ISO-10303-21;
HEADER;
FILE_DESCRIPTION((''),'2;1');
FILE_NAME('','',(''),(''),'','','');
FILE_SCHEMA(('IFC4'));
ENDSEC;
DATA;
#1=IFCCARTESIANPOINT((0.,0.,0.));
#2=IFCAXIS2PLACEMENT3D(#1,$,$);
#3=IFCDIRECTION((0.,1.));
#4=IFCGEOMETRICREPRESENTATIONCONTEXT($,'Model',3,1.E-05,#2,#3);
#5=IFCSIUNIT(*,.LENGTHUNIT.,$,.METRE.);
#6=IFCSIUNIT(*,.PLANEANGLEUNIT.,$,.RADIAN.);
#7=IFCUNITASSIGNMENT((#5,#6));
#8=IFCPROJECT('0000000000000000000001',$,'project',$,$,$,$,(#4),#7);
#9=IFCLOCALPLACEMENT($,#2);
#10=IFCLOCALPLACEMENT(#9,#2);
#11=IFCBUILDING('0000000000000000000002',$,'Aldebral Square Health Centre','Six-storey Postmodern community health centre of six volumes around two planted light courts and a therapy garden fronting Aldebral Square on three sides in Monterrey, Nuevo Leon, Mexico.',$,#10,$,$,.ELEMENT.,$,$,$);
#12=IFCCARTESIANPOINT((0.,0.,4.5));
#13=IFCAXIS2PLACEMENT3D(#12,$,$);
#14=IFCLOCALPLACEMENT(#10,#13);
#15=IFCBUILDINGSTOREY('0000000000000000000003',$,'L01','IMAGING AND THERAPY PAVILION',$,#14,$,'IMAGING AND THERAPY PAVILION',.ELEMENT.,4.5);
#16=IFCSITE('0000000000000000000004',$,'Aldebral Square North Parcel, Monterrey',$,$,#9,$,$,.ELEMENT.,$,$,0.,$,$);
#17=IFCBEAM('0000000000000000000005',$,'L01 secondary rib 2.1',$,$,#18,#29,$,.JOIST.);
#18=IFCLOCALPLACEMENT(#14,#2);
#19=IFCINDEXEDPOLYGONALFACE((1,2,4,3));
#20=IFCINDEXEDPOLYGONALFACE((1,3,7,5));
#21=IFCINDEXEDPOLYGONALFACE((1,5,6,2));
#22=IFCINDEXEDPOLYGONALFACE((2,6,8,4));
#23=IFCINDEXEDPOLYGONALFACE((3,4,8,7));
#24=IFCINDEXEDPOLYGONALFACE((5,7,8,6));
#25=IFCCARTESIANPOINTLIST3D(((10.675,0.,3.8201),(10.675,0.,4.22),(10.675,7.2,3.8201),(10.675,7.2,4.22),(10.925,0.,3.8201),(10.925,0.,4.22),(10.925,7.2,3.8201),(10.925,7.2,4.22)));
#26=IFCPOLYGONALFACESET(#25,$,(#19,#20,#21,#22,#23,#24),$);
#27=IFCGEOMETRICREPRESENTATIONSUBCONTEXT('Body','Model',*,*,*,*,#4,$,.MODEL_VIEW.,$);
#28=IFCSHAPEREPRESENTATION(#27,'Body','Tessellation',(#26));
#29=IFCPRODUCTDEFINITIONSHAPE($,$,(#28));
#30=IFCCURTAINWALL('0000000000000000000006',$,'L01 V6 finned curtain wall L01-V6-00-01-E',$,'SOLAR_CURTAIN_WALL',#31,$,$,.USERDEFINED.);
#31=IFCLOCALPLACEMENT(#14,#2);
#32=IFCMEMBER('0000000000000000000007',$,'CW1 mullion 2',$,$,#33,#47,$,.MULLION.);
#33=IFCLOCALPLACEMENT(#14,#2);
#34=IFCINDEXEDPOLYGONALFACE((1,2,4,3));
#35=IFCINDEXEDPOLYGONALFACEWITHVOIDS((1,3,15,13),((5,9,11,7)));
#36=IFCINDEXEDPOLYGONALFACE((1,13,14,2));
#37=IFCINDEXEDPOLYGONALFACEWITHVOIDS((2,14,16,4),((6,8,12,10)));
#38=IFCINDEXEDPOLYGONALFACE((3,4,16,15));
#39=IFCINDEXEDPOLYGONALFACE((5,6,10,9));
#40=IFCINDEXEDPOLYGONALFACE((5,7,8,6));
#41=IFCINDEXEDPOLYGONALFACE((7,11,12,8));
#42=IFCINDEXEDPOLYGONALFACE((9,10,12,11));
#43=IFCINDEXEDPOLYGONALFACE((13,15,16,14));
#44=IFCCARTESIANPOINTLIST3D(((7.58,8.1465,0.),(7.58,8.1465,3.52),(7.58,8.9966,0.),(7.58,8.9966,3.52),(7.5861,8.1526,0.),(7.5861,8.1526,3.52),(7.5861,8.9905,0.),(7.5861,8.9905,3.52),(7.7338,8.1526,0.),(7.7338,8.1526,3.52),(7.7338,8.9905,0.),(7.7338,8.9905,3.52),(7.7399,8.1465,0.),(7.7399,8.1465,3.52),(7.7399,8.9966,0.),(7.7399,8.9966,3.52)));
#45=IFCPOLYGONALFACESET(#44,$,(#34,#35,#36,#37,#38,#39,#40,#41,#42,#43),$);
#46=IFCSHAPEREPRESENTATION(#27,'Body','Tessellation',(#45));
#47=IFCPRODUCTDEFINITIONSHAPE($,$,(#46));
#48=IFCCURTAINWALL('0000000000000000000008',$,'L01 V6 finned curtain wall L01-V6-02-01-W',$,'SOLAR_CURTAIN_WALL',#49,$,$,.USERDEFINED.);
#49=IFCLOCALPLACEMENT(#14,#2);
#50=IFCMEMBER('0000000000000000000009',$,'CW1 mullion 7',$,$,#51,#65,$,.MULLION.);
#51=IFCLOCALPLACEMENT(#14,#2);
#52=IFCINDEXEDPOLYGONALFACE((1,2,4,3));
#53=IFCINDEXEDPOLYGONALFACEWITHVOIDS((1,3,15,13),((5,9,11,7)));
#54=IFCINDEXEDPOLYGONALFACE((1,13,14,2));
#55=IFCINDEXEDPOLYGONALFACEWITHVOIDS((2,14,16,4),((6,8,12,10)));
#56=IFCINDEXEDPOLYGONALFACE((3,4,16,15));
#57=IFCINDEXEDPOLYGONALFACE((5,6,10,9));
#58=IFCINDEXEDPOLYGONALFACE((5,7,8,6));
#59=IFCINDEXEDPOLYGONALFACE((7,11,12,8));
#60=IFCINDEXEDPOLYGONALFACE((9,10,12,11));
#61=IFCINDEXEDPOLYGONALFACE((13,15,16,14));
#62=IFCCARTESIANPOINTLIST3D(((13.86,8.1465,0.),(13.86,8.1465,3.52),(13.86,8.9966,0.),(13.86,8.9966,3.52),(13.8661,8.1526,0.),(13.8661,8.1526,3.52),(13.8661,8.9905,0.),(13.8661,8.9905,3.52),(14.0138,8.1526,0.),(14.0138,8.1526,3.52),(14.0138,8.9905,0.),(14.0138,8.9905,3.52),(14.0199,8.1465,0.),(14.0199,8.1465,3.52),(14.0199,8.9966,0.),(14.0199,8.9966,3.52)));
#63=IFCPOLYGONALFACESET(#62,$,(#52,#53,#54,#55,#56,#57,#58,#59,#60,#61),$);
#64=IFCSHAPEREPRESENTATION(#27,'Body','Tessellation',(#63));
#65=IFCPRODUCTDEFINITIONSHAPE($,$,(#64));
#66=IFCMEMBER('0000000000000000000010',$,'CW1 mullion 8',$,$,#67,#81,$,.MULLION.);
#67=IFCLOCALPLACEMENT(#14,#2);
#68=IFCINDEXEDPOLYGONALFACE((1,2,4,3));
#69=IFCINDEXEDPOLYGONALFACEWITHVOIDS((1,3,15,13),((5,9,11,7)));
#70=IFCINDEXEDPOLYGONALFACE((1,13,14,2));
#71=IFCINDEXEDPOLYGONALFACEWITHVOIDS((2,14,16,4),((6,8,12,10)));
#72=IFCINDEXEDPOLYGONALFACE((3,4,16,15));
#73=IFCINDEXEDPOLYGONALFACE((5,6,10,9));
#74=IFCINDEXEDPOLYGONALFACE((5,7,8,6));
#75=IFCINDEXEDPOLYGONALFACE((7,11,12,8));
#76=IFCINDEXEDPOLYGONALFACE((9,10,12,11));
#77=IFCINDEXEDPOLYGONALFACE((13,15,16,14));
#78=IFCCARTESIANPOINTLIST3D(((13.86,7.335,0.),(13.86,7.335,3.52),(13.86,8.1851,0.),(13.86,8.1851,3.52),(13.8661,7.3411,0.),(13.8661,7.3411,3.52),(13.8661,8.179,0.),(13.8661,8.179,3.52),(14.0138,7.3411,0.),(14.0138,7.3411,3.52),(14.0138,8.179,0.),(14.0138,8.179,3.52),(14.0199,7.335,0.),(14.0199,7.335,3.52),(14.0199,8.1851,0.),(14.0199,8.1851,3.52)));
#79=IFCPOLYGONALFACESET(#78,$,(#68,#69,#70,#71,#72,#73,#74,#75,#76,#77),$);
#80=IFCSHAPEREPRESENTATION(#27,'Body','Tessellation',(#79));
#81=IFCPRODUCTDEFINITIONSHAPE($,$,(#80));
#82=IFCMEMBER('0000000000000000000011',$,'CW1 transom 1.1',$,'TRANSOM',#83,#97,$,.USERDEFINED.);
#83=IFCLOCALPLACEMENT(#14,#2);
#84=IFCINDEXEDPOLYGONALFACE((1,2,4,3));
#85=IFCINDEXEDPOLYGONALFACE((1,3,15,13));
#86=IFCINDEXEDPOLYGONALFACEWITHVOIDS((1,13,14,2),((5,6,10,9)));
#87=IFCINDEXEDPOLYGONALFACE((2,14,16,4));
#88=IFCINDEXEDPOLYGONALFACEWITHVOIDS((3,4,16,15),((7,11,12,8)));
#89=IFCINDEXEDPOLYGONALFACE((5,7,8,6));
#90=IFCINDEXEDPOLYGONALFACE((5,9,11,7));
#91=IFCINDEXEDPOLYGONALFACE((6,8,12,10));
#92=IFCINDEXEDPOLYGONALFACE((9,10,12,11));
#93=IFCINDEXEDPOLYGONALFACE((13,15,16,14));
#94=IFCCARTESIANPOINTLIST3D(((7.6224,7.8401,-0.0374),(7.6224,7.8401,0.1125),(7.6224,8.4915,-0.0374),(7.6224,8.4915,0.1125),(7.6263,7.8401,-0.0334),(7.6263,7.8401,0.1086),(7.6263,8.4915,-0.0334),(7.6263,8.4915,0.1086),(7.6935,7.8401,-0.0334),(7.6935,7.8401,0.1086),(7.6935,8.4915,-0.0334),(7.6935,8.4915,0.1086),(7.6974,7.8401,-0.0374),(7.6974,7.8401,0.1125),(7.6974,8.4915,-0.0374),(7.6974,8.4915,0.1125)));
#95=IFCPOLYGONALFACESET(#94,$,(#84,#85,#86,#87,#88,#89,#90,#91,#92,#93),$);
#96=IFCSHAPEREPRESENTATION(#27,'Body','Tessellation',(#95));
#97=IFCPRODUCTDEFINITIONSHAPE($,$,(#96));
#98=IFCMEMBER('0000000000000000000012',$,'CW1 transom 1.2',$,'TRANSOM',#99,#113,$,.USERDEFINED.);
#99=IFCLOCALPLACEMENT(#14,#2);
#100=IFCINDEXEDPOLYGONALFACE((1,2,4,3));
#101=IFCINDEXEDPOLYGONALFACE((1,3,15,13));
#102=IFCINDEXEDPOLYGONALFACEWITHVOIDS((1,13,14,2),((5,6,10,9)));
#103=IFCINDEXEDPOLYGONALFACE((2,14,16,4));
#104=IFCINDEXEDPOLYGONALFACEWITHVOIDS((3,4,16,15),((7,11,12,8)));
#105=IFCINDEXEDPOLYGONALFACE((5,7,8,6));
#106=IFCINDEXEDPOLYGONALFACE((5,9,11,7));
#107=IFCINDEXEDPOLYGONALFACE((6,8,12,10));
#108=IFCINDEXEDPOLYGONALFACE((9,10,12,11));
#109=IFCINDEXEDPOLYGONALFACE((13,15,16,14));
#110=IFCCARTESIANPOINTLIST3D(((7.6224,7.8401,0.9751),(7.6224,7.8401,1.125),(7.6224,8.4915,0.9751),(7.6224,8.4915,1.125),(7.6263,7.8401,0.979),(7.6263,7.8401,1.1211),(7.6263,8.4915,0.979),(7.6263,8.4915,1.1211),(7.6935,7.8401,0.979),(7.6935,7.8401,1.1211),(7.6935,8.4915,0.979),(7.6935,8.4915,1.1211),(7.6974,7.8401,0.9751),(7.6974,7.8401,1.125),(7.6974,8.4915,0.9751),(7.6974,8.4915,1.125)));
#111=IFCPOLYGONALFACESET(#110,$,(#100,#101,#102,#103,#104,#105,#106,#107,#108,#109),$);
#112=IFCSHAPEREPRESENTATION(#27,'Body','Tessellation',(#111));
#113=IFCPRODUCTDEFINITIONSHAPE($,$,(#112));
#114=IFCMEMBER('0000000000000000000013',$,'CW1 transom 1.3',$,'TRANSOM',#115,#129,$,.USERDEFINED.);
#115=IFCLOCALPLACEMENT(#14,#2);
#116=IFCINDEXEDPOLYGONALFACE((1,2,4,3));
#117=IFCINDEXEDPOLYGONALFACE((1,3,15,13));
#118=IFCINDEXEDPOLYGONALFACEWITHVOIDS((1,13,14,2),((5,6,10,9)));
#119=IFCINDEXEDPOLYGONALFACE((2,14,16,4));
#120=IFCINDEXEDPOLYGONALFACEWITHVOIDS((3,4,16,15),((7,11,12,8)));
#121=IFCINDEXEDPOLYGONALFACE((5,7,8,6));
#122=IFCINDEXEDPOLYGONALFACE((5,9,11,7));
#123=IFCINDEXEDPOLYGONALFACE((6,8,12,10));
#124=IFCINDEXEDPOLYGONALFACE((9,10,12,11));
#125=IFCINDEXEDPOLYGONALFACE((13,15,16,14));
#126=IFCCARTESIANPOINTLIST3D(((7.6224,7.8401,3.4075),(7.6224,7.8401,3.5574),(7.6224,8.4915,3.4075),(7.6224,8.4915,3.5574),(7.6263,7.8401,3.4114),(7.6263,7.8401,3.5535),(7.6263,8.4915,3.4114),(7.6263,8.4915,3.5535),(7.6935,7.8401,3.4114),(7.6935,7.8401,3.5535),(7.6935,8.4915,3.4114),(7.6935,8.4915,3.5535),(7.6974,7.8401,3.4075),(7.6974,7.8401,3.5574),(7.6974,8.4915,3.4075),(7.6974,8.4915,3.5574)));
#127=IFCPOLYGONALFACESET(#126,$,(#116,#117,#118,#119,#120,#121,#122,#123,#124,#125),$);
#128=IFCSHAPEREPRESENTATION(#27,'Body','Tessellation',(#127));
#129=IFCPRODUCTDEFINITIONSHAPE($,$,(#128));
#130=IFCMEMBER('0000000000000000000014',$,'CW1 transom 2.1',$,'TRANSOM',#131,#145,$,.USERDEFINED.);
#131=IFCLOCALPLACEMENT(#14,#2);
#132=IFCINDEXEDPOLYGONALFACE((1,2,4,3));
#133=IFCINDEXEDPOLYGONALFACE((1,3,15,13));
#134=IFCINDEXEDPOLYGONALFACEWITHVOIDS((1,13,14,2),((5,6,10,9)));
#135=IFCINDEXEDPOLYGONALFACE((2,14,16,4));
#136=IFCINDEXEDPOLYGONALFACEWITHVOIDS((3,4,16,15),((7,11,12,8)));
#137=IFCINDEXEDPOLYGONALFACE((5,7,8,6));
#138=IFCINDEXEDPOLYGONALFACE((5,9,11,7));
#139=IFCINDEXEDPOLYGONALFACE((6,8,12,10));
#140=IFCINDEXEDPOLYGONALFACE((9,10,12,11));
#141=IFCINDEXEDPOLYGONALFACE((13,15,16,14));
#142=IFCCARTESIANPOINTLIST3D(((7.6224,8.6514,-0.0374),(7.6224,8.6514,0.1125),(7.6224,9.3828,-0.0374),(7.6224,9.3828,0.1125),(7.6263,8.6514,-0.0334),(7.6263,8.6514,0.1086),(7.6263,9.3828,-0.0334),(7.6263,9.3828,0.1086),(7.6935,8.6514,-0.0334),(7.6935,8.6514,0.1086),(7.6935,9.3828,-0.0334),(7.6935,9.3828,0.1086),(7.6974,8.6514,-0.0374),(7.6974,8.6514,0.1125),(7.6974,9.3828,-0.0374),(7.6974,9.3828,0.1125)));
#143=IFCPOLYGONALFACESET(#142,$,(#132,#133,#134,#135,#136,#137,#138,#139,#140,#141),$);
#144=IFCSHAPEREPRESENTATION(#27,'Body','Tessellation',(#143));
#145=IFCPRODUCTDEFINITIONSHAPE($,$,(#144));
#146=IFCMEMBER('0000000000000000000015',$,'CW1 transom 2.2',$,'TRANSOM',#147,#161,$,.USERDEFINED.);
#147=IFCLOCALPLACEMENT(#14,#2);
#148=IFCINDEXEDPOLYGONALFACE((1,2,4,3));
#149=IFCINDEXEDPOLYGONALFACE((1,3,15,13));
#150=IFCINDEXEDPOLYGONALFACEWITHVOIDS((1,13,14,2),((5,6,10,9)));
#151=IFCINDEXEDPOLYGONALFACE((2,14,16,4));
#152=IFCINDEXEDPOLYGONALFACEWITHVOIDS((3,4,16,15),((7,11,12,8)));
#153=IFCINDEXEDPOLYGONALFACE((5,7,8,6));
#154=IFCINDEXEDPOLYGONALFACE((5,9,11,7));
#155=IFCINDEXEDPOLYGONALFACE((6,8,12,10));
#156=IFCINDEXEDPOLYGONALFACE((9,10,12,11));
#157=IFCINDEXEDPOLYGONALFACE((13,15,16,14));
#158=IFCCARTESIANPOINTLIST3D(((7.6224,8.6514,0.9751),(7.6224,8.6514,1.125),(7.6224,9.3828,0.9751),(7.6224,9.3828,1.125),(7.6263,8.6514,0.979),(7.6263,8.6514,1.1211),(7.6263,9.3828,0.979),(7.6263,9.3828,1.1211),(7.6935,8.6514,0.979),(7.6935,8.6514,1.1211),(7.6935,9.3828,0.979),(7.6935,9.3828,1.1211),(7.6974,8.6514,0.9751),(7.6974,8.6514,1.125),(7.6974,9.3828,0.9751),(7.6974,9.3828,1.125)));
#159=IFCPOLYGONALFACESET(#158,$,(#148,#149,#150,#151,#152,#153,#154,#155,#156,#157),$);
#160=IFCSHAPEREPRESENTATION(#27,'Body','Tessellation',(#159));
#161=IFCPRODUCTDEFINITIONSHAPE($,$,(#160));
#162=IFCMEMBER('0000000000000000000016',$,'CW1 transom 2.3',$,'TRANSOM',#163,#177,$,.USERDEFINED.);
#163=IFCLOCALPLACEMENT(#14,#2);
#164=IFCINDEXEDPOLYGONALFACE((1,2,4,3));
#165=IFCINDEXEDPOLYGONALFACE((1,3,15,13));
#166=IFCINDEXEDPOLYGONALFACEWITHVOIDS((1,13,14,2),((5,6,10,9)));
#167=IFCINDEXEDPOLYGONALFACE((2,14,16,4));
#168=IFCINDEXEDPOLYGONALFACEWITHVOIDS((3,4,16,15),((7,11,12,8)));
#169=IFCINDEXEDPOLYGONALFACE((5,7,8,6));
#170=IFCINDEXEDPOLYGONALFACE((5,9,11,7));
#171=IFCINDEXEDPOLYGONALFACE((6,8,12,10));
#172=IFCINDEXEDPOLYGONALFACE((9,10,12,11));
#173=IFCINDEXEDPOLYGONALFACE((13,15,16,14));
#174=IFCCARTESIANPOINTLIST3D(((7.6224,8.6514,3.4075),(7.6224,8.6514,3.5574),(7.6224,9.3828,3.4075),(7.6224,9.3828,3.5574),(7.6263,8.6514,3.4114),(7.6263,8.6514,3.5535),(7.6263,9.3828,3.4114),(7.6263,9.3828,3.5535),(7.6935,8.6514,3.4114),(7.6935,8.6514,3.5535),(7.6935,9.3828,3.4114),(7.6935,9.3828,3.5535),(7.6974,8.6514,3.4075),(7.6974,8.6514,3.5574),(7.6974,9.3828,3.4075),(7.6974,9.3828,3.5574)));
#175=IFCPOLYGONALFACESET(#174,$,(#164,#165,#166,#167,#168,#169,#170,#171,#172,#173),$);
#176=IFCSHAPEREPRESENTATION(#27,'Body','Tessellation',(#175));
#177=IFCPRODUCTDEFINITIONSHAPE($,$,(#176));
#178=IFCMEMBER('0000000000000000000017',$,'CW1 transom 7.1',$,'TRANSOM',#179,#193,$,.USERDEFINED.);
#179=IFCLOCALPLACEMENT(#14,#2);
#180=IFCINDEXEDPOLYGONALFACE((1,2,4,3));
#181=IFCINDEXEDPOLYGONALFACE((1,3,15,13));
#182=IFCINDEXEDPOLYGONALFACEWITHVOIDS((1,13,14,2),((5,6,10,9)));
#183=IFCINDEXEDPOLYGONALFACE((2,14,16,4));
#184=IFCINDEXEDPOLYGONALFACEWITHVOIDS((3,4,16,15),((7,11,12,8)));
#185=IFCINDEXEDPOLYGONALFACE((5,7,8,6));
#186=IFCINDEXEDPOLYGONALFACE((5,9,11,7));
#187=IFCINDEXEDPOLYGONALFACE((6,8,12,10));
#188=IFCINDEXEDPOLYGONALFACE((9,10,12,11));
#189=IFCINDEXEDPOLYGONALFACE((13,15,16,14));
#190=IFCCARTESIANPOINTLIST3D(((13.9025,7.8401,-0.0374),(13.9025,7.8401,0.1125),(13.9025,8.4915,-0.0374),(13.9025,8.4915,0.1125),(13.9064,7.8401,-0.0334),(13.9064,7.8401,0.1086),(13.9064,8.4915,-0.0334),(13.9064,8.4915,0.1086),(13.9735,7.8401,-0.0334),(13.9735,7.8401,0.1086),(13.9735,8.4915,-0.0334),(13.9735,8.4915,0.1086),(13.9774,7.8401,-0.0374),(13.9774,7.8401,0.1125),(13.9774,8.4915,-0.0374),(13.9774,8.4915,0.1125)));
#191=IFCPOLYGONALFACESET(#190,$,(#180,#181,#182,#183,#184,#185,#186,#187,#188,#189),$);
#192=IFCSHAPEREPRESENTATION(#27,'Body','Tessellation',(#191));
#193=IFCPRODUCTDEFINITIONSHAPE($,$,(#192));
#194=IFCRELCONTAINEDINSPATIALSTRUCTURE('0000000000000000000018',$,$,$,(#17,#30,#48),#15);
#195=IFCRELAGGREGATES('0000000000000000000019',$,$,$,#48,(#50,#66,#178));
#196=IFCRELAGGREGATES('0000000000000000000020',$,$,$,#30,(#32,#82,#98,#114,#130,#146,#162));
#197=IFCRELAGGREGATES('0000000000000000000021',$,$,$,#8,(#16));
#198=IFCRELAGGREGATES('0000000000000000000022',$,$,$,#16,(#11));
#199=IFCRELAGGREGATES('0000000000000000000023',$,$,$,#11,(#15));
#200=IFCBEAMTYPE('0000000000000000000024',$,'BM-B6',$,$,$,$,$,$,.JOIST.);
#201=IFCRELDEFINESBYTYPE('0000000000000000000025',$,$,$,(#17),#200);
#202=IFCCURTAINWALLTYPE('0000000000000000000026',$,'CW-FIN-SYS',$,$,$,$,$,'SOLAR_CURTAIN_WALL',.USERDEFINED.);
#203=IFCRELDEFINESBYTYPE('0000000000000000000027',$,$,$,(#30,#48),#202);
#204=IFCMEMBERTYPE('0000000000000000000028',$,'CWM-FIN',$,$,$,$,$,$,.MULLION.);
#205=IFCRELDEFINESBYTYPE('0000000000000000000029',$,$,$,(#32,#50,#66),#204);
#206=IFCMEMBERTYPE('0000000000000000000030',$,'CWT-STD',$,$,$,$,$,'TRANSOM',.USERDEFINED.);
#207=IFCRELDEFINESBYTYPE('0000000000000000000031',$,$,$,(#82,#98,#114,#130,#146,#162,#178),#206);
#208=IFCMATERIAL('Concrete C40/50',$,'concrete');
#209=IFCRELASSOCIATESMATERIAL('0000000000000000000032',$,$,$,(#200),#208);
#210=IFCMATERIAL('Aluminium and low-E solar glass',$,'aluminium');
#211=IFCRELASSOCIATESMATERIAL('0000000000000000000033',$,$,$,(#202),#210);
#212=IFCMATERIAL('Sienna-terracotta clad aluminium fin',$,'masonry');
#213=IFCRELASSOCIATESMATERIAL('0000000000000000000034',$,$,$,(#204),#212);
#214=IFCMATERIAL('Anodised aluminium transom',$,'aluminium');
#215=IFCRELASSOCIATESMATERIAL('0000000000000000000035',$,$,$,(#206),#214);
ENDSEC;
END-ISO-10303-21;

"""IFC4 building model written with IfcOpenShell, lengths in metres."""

from ifc_helpers import new_model, si_unit, direction, frame, origin, origin_2d, place, context, subcontext, project, spatial, rectangle, hollow_rectangle, extrude, material, material_profile, profile_set, type_object, element, aggregate, save


model = new_model("IFC4")

# Units and contexts
model_context = context("Model", 3, precision=1e-05, world=origin(), true_north=direction((0.0, 1.0)))
body_context = subcontext(model_context, "Body", "Model", "MODEL_VIEW")
ifc_project = project(units=[si_unit("LENGTHUNIT", "METRE"), si_unit("PLANEANGLEUNIT", "RADIAN")], contexts=[model_context])

# Site, building, storey
site_placement = place(None, origin())
site = spatial("IfcSite", under=ifc_project, at=site_placement, Name="Aldebral Square North Parcel, Monterrey", CompositionType="ELEMENT", RefElevation=0.0)
building_placement = place(site_placement, origin())
building = spatial("IfcBuilding", under=site, at=building_placement, Name="Aldebral Square Health Centre", Description="Six-storey Postmodern community health centre of six volumes around two planted light courts and a therapy garden fronting Aldebral Square on three sides in Monterrey, Nuevo Leon, Mexico.", CompositionType="ELEMENT")
storey_placement = place(building_placement, frame((0.0, 0.0, 4.5)))
storey = spatial("IfcBuildingStorey", under=building, at=storey_placement, Name="L01", Description="IMAGING AND THERAPY PAVILION", LongName="IMAGING AND THERAPY PAVILION", CompositionType="ELEMENT", Elevation=4.5)

# Beam
ifc_material_1 = material(Name="Concrete C40/50", Category="concrete")
ifc_material_profile_1 = material_profile(ifc_material_1, rectangle(XDim=0.25, YDim=0.3999, at=origin_2d()), Name="RC 250x400")
ifc_profile_set_1 = profile_set([ifc_material_profile_1], Name="Concrete C40/50")
beam_type = type_object("IfcBeamType", Name="BM-B6", PredefinedType="JOIST", material=ifc_profile_set_1)
beam_placement = place(storey_placement, frame((10.8, 0.0, 4.02), z_axis=(0.0, 1.0, 0.0), x_axis=(-1.0, 0.0, 0.0)))
element("IfcBeam", 1, at=beam_placement, inside=storey, type_object=beam_type, Name="L01 secondary rib 2.1", PredefinedType="JOIST", context=body_context, shape_type="SweptSolid", body=[
    extrude(rectangle(XDim=0.25, YDim=0.3999, at=origin_2d()), origin(), (0.0, 0.0, 1.0), 7.2),
])

# Curtain wall, member
ifc_material_2 = material(Name="Aluminium and low-E solar glass", Category="aluminium")
curtain_wall_type = type_object("IfcCurtainWallType", Name="CW-FIN-SYS", ElementType="SOLAR_CURTAIN_WALL", PredefinedType="USERDEFINED", material=ifc_material_2)
curtain_wall_1_placement = place(storey_placement, origin())
curtain_wall_1 = element("IfcCurtainWall", 2, at=curtain_wall_1_placement, inside=storey, type_object=curtain_wall_type, Name="L01 V6 finned curtain wall L01-V6-00-01-E", ObjectType="SOLAR_CURTAIN_WALL", PredefinedType="USERDEFINED")
ifc_material_3 = material(Name="Sienna-terracotta clad aluminium fin", Category="masonry")
ifc_material_profile_2 = material_profile(ifc_material_3, hollow_rectangle(XDim=0.1599, YDim=0.8501, WallThickness=0.0061, at=origin_2d()), Name="FIN 160x850x6")
ifc_profile_set_2 = profile_set([ifc_material_profile_2], Name="Sienna-terracotta clad aluminium fin")
member_type_1 = type_object("IfcMemberType", Name="CWM-FIN", PredefinedType="MULLION", material=ifc_profile_set_2)
member_1_placement = place(storey_placement, frame((7.6599, 8.5715, 0.0), z_axis=(0.0, 0.0, 1.0), x_axis=(-1.0, 0.0, 0.0)))
member_1 = element("IfcMember", 3, at=member_1_placement, type_object=member_type_1, Name="CW1 mullion 2", PredefinedType="MULLION", context=body_context, shape_type="SweptSolid", body=[
    extrude(hollow_rectangle(XDim=0.1599, YDim=0.8501, WallThickness=0.0061, at=origin_2d()), origin(), (0.0, 0.0, 1.0), 3.52),
])

# Curtain wall, members
curtain_wall_2_placement = place(storey_placement, origin())
curtain_wall_2 = element("IfcCurtainWall", 4, at=curtain_wall_2_placement, inside=storey, type_object=curtain_wall_type, Name="L01 V6 finned curtain wall L01-V6-02-01-W", ObjectType="SOLAR_CURTAIN_WALL", PredefinedType="USERDEFINED")
member_2_placement = place(storey_placement, frame((13.9399, 8.5715, 0.0), z_axis=(0.0, 0.0, 1.0), x_axis=(1.0, 0.0, 0.0)))
member_2 = element("IfcMember", 5, at=member_2_placement, type_object=member_type_1, Name="CW1 mullion 7", PredefinedType="MULLION", context=body_context, shape_type="SweptSolid", body=[
    extrude(hollow_rectangle(XDim=0.1599, YDim=0.8501, WallThickness=0.0061, at=origin_2d()), origin(), (0.0, 0.0, 1.0), 3.52),
])
member_3_placement = place(storey_placement, frame((13.9399, 7.76, 0.0), z_axis=(0.0, 0.0, 1.0), x_axis=(1.0, 0.0, 0.0)))
member_3 = element("IfcMember", 6, at=member_3_placement, type_object=member_type_1, Name="CW1 mullion 8", PredefinedType="MULLION", context=body_context, shape_type="SweptSolid", body=[
    extrude(hollow_rectangle(XDim=0.1599, YDim=0.8501, WallThickness=0.0061, at=origin_2d()), origin(), (0.0, 0.0, 1.0), 3.52),
])

# Members
ifc_material_4 = material(Name="Anodised aluminium transom", Category="aluminium")
ifc_material_profile_3 = material_profile(ifc_material_4, hollow_rectangle(XDim=0.075, YDim=0.1499, WallThickness=0.0039, at=origin_2d()), Name="CWT 75x150x4")
ifc_profile_set_3 = profile_set([ifc_material_profile_3], Name="Anodised aluminium transom")
member_type_2 = type_object("IfcMemberType", Name="CWT-STD", ElementType="TRANSOM", PredefinedType="USERDEFINED", material=ifc_profile_set_3)
member_4_placement = place(storey_placement, frame((7.6599, 7.8401, 0.0376), z_axis=(0.0, 1.0, 0.0), x_axis=(-1.0, 0.0, 0.0)))
member_4 = element("IfcMember", 7, at=member_4_placement, type_object=member_type_2, Name="CW1 transom 1.1", ObjectType="TRANSOM", PredefinedType="USERDEFINED", context=body_context, shape_type="SweptSolid", body=[
    extrude(hollow_rectangle(XDim=0.075, YDim=0.1499, WallThickness=0.0039, at=origin_2d()), origin(), (0.0, 0.0, 1.0), 0.6514),
])
member_5_placement = place(storey_placement, frame((7.6599, 7.8401, 1.05), z_axis=(0.0, 1.0, 0.0), x_axis=(-1.0, 0.0, 0.0)))
member_5 = element("IfcMember", 8, at=member_5_placement, type_object=member_type_2, Name="CW1 transom 1.2", ObjectType="TRANSOM", PredefinedType="USERDEFINED", context=body_context, shape_type="SweptSolid", body=[
    extrude(hollow_rectangle(XDim=0.075, YDim=0.1499, WallThickness=0.0039, at=origin_2d()), origin(), (0.0, 0.0, 1.0), 0.6514),
])
member_6_placement = place(storey_placement, frame((7.6599, 7.8401, 3.4824), z_axis=(0.0, 1.0, 0.0), x_axis=(-1.0, 0.0, 0.0)))
member_6 = element("IfcMember", 9, at=member_6_placement, type_object=member_type_2, Name="CW1 transom 1.3", ObjectType="TRANSOM", PredefinedType="USERDEFINED", context=body_context, shape_type="SweptSolid", body=[
    extrude(hollow_rectangle(XDim=0.075, YDim=0.1499, WallThickness=0.0039, at=origin_2d()), origin(), (0.0, 0.0, 1.0), 0.6514),
])
member_7_placement = place(storey_placement, frame((7.6599, 8.6514, 0.0376), z_axis=(0.0, 1.0, 0.0), x_axis=(-1.0, 0.0, 0.0)))
member_7 = element("IfcMember", 10, at=member_7_placement, type_object=member_type_2, Name="CW1 transom 2.1", ObjectType="TRANSOM", PredefinedType="USERDEFINED", context=body_context, shape_type="SweptSolid", body=[
    extrude(hollow_rectangle(XDim=0.075, YDim=0.1499, WallThickness=0.0039, at=origin_2d()), origin(), (0.0, 0.0, 1.0), 0.7314),
])
member_8_placement = place(storey_placement, frame((7.6599, 8.6514, 1.05), z_axis=(0.0, 1.0, 0.0), x_axis=(-1.0, 0.0, 0.0)))
member_8 = element("IfcMember", 11, at=member_8_placement, type_object=member_type_2, Name="CW1 transom 2.2", ObjectType="TRANSOM", PredefinedType="USERDEFINED", context=body_context, shape_type="SweptSolid", body=[
    extrude(hollow_rectangle(XDim=0.075, YDim=0.1499, WallThickness=0.0039, at=origin_2d()), origin(), (0.0, 0.0, 1.0), 0.7314),
])
member_9_placement = place(storey_placement, frame((7.6599, 8.6514, 3.4824), z_axis=(0.0, 1.0, 0.0), x_axis=(-1.0, 0.0, 0.0)))
member_9 = element("IfcMember", 12, at=member_9_placement, type_object=member_type_2, Name="CW1 transom 2.3", ObjectType="TRANSOM", PredefinedType="USERDEFINED", context=body_context, shape_type="SweptSolid", body=[
    extrude(hollow_rectangle(XDim=0.075, YDim=0.1499, WallThickness=0.0039, at=origin_2d()), origin(), (0.0, 0.0, 1.0), 0.7314),
])
member_10_placement = place(storey_placement, frame((13.9399, 8.4915, 0.0376), z_axis=(0.0, -1.0, 0.0), x_axis=(1.0, 0.0, 0.0)))
member_10 = element("IfcMember", 13, at=member_10_placement, type_object=member_type_2, Name="CW1 transom 7.1", ObjectType="TRANSOM", PredefinedType="USERDEFINED", context=body_context, shape_type="SweptSolid", body=[
    extrude(hollow_rectangle(XDim=0.075, YDim=0.1499, WallThickness=0.0039, at=origin_2d()), origin(), (0.0, 0.0, 1.0), 0.6514),
])

aggregate(curtain_wall_2, [member_2, member_3, member_10])
aggregate(curtain_wall_1, [member_1, member_4, member_5, member_6, member_7, member_8, member_9])

save(model, "model.ifc")
